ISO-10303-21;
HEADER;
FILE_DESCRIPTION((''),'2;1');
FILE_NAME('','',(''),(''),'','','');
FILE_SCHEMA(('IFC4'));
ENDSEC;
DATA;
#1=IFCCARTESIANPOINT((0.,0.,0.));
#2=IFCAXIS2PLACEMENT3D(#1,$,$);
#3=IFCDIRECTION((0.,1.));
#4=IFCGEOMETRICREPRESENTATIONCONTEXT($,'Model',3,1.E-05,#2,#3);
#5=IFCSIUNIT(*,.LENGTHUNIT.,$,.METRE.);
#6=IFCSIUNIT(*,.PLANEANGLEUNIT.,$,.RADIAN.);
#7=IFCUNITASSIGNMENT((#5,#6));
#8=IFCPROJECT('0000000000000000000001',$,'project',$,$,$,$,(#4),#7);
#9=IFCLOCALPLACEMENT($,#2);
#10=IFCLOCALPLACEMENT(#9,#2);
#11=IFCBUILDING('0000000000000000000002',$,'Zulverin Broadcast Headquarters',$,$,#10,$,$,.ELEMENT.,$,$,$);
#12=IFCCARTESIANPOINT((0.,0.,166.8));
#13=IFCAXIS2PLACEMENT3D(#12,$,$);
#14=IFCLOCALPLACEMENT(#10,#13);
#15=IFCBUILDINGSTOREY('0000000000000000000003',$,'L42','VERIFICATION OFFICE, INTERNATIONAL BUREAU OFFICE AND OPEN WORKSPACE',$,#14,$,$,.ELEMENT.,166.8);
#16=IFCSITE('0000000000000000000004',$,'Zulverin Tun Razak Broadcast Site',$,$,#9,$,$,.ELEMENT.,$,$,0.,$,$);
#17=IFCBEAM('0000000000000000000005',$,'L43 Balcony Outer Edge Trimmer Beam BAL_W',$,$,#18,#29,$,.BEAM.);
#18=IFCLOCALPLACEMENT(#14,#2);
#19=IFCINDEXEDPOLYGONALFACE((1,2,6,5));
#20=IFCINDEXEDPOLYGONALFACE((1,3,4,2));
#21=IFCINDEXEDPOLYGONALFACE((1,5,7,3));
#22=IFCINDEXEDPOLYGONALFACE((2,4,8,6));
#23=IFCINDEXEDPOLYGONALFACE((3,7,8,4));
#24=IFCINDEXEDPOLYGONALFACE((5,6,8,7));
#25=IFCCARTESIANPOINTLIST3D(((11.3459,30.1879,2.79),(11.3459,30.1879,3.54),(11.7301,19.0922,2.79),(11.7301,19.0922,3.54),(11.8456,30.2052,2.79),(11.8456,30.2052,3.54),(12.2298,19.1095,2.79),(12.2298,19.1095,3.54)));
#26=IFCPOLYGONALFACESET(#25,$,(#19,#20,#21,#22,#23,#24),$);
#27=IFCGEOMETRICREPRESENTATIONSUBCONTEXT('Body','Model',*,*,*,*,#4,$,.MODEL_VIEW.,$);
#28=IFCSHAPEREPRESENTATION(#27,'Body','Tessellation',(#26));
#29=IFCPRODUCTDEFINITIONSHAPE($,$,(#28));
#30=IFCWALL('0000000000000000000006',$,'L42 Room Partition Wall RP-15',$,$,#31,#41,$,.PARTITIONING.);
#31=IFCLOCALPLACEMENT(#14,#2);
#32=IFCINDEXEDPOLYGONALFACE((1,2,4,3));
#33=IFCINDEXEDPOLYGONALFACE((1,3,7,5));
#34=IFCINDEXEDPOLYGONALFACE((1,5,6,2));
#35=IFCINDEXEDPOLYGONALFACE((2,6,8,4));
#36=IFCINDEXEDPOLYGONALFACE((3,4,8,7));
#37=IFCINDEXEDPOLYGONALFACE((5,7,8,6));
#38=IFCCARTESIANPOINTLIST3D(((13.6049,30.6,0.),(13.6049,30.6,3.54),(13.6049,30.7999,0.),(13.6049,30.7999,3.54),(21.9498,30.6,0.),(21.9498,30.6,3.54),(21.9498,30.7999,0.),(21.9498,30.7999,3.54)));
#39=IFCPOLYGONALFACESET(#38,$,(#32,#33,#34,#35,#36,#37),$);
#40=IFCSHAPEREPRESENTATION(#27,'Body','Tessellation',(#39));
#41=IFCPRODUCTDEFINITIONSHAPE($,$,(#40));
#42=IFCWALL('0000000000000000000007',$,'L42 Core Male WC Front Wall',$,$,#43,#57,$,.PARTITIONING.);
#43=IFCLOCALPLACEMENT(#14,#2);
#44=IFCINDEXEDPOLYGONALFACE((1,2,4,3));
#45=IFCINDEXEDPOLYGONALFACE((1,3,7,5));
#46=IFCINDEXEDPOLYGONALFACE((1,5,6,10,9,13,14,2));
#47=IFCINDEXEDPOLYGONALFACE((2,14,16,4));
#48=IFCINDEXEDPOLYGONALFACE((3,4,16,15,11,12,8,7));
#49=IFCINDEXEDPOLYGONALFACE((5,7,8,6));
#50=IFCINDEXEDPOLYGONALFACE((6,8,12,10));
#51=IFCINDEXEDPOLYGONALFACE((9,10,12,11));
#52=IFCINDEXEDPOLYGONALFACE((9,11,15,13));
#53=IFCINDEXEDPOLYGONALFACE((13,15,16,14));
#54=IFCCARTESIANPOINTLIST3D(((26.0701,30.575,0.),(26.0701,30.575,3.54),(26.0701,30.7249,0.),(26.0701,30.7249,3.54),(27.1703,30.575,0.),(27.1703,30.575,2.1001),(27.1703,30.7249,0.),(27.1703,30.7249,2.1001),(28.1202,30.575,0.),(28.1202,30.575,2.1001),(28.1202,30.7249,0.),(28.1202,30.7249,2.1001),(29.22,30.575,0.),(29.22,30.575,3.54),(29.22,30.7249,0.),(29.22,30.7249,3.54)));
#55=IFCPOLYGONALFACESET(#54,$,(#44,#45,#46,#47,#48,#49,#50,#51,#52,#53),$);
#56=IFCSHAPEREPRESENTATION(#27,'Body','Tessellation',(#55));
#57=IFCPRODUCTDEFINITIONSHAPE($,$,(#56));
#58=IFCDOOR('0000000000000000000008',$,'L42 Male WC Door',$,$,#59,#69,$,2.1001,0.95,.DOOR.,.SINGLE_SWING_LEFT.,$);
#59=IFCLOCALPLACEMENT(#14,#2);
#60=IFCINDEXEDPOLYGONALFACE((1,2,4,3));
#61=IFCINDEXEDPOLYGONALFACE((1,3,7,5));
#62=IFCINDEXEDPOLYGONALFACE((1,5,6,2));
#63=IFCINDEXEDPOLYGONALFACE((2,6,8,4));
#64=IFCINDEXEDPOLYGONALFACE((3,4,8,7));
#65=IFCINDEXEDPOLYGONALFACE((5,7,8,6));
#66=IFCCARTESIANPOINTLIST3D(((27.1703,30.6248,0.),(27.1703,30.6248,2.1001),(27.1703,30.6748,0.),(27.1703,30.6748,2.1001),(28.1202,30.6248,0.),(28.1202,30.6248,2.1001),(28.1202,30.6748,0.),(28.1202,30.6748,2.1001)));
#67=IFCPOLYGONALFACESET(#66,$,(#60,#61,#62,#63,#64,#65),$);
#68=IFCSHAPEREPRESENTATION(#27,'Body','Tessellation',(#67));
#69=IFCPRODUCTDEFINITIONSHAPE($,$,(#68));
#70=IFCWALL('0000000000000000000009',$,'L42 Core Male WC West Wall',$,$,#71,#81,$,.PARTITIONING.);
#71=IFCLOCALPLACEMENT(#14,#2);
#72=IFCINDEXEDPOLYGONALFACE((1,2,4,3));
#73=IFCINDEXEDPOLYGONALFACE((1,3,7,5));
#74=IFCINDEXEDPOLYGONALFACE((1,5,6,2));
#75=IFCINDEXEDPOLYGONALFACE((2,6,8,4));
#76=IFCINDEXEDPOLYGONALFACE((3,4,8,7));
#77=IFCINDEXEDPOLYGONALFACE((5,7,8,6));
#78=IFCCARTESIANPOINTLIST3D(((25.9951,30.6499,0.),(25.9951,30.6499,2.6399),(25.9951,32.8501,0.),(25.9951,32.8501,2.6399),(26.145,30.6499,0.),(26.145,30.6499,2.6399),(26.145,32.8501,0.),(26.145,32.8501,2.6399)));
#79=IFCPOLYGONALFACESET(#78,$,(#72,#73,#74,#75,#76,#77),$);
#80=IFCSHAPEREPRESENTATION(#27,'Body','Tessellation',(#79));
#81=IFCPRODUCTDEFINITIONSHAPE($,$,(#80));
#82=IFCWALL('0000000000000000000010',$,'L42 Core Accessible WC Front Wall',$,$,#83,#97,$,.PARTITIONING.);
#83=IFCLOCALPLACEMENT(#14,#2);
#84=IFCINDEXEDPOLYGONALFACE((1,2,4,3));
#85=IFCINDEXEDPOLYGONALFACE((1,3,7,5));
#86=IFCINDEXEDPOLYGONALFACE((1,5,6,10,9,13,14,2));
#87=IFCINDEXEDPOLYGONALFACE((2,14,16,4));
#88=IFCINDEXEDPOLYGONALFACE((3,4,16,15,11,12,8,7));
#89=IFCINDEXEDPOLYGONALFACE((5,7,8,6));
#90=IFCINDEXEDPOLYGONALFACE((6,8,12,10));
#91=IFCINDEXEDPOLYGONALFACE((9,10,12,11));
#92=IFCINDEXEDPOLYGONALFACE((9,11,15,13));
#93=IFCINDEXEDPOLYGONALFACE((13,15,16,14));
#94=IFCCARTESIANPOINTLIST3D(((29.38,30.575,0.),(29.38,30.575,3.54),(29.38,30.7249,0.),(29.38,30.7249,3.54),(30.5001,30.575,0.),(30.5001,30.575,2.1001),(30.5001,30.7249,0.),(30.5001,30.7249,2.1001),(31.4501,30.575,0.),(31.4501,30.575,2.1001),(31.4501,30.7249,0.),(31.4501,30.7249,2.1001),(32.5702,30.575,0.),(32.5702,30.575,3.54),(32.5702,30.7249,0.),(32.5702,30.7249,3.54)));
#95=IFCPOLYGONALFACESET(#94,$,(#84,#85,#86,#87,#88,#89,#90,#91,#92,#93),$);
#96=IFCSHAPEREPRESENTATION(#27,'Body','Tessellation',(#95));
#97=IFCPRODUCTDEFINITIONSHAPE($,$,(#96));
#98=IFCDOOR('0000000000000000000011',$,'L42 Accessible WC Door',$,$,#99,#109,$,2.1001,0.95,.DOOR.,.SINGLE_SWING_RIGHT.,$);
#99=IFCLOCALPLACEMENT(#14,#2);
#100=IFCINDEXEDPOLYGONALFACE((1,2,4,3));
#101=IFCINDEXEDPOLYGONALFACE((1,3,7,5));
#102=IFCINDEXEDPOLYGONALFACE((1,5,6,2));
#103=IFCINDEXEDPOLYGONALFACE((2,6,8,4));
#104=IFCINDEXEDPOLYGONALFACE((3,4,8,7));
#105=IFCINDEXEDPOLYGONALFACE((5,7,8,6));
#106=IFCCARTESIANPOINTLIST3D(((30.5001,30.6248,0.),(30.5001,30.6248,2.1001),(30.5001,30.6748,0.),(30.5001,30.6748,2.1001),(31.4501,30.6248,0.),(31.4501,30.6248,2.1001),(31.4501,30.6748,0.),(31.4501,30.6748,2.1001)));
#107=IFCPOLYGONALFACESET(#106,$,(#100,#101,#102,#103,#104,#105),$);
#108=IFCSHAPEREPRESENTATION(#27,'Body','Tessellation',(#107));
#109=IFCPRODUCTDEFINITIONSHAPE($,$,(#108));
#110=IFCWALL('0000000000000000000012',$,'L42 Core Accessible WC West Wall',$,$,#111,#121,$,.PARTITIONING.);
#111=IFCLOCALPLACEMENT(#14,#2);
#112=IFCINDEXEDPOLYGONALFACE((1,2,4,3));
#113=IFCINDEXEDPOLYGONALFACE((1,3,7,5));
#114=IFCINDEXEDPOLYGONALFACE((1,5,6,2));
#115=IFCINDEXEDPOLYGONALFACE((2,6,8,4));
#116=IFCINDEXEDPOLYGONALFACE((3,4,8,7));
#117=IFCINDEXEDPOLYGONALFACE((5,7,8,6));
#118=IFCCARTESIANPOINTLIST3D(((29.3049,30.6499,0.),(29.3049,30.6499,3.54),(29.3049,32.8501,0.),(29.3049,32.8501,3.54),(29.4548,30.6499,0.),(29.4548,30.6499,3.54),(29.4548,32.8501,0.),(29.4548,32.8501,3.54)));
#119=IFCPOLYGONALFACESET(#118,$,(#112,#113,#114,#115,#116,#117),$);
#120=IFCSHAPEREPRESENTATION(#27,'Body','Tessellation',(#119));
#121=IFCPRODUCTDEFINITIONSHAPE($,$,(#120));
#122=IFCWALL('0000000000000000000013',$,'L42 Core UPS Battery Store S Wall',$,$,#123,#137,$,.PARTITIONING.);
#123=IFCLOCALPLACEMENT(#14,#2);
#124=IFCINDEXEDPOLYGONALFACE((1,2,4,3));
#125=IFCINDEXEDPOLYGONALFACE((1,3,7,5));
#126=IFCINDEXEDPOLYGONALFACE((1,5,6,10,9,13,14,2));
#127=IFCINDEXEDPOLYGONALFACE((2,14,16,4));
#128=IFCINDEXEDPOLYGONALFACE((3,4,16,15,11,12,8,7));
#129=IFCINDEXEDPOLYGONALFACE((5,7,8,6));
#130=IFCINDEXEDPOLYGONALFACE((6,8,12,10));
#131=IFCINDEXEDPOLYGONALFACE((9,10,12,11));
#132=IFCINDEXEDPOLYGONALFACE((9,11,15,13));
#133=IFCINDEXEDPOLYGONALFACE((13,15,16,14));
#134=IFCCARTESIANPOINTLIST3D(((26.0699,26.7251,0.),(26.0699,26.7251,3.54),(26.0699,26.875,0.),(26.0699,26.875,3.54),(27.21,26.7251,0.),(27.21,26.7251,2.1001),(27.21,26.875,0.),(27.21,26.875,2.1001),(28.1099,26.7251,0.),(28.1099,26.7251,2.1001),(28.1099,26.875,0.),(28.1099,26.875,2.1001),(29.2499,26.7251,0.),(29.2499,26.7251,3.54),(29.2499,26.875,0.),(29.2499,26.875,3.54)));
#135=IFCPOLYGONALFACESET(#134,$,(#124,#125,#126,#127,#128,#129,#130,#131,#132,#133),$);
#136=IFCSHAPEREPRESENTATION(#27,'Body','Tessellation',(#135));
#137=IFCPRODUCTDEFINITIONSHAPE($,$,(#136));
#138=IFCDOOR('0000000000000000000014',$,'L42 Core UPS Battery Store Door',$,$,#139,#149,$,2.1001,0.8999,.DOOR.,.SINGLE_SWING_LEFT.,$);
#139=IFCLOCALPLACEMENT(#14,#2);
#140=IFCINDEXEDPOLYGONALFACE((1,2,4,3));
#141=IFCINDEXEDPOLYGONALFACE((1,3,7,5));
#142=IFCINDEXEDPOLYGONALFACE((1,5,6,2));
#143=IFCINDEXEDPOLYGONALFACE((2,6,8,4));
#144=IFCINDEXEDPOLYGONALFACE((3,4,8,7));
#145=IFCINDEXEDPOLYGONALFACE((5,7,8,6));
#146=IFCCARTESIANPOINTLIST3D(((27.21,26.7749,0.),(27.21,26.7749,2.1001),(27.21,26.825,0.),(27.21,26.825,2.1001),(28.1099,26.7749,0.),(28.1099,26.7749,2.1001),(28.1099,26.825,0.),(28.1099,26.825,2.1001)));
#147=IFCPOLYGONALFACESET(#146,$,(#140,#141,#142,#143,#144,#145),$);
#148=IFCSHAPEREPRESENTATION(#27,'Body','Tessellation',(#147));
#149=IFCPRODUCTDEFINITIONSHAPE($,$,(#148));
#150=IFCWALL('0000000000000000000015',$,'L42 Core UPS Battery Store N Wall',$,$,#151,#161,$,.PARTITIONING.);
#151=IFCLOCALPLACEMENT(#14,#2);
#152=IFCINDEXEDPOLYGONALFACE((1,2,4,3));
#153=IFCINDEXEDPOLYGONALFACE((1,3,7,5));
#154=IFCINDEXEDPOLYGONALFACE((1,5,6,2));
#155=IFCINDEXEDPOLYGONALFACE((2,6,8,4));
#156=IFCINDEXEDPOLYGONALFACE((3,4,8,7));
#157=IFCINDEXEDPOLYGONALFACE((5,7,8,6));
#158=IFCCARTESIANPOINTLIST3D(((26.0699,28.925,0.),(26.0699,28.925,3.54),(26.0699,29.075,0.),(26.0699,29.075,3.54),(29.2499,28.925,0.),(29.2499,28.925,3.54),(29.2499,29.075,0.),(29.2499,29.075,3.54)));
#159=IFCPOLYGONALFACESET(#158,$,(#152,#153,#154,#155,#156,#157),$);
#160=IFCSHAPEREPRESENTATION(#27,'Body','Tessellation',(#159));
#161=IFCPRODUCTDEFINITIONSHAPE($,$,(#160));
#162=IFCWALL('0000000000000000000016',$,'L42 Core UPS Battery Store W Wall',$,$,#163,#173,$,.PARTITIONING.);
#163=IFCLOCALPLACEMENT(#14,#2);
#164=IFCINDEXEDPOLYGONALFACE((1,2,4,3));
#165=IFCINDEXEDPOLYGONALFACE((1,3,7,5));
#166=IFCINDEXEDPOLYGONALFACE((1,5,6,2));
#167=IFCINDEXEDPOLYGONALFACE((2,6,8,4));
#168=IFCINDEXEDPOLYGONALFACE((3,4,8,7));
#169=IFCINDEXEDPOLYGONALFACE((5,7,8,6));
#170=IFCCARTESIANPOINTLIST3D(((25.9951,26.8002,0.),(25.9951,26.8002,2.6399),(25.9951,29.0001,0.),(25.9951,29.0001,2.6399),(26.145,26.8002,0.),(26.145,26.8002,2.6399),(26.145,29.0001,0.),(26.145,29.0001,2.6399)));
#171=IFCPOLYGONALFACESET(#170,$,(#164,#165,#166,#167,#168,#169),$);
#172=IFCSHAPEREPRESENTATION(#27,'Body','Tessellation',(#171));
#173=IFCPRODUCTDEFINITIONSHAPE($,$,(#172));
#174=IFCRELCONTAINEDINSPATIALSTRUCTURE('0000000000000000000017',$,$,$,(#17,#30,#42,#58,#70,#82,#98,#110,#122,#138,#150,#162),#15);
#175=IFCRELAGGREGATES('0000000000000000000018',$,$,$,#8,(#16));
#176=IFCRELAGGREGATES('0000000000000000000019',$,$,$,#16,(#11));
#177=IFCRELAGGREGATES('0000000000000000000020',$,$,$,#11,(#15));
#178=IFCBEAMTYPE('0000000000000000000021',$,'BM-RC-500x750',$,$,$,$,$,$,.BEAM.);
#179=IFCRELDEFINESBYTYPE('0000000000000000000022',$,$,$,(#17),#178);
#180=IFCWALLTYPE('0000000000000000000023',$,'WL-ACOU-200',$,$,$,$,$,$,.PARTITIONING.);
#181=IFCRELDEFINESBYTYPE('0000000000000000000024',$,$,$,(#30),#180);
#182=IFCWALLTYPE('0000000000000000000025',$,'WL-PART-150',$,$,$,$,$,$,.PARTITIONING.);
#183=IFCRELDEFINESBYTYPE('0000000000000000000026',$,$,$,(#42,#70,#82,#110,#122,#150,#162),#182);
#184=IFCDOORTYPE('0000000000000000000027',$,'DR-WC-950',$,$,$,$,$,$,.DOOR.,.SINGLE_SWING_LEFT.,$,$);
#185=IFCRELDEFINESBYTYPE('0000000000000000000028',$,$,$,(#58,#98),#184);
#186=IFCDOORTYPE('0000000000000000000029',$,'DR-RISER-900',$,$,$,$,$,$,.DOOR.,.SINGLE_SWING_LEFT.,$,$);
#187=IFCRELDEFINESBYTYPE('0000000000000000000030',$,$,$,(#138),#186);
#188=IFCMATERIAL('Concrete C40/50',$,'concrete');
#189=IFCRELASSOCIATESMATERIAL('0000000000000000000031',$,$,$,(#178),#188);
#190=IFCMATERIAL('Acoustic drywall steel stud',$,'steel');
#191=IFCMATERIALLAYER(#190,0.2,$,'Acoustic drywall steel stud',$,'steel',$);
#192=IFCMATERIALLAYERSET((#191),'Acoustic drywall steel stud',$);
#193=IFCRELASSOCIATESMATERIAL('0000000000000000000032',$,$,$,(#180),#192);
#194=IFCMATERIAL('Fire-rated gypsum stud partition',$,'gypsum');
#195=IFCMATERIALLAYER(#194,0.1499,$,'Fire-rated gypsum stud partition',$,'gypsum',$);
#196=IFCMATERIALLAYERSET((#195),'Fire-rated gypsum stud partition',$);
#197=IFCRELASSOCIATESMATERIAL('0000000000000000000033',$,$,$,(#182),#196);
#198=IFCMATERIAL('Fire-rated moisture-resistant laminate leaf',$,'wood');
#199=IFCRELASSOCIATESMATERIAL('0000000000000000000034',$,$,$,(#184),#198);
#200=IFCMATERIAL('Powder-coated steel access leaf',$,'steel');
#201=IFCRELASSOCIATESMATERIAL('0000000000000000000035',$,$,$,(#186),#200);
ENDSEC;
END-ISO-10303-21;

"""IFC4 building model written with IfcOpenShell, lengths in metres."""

from ifc_helpers import new_model, si_unit, direction, frame, frame_2d, origin, origin_2d, place, context, subcontext, project, spatial, rectangle, extrude, material, layer, layer_set, material_profile, profile_set, type_object, element, fill, save


model = new_model("IFC4")

# Units and contexts
model_context = context("Model", 3, precision=1e-05, world=origin(), true_north=direction((0.0, 1.0)))
body_context = subcontext(model_context, "Body", "Model", "MODEL_VIEW")
ifc_project = project(units=[si_unit("LENGTHUNIT", "METRE"), si_unit("PLANEANGLEUNIT", "RADIAN")], contexts=[model_context])

# Site, building, storey
site_placement = place(None, origin())
site = spatial("IfcSite", under=ifc_project, at=site_placement, Name="Zulverin Tun Razak Broadcast Site", CompositionType="ELEMENT", RefElevation=0.0)
building_placement = place(site_placement, origin())
building = spatial("IfcBuilding", under=site, at=building_placement, Name="Zulverin Broadcast Headquarters", CompositionType="ELEMENT")
storey_placement = place(building_placement, frame((0.0, 0.0, 166.8)))
storey = spatial("IfcBuildingStorey", under=building, at=storey_placement, Name="L42", Description="VERIFICATION OFFICE, INTERNATIONAL BUREAU OFFICE AND OPEN WORKSPACE", CompositionType="ELEMENT", Elevation=166.8)

# Beam
ifc_material_1 = material(Name="Concrete C40/50", Category="concrete")
ifc_material_profile = material_profile(ifc_material_1, rectangle(XDim=0.5, YDim=0.75, at=origin_2d()), Name="Concrete C40/50", Category="concrete")
ifc_profile_set = profile_set([ifc_material_profile], Name="Concrete C40/50")
beam_type = type_object("IfcBeamType", Name="BM-RC-500x750", PredefinedType="BEAM", material=ifc_profile_set)
beam_placement = place(storey_placement, frame((11.5957, 30.1965, 3.165), z_axis=(0.034612, -0.999401, 0.0), x_axis=(0.999401, 0.034612, 0.0)))
element("IfcBeam", 1, at=beam_placement, inside=storey, type_object=beam_type, Name="L43 Balcony Outer Edge Trimmer Beam BAL_W", PredefinedType="BEAM", context=body_context, shape_type="SweptSolid", body=[
    extrude(rectangle(XDim=0.5, YDim=0.75, at=origin_2d()), origin(), (0.0, 0.0, 1.0), 11.1023),
])

# Wall
ifc_material_2 = material(Name="Acoustic drywall steel stud", Category="steel")
ifc_layer_1 = layer(ifc_material_2, 0.2, Name="Acoustic drywall steel stud", Category="steel")
ifc_layer_set_1 = layer_set([ifc_layer_1], Name="Acoustic drywall steel stud")
wall_type_1 = type_object("IfcWallType", Name="WL-ACOU-200", PredefinedType="PARTITIONING", material=ifc_layer_set_1)
wall_1_placement = place(storey_placement, frame((13.605, 30.7, 0.0), z_axis=(0.0, 0.0, 1.0), x_axis=(1.0, 0.0, 0.0)))
element("IfcWall", 2, at=wall_1_placement, inside=storey, type_object=wall_type_1, Name="L42 Room Partition Wall RP-15", PredefinedType="PARTITIONING", context=body_context, shape_type="SweptSolid", body=[
    extrude(rectangle(XDim=8.345, YDim=0.2, at=frame_2d((4.1724, 0.0))), origin(), (0.0, 0.0, 1.0), 3.54),
])

# Wall, opening, door
ifc_material_3 = material(Name="Fire-rated gypsum stud partition", Category="gypsum")
ifc_layer_2 = layer(ifc_material_3, 0.1499, Name="Fire-rated gypsum stud partition", Category="gypsum")
ifc_layer_set_2 = layer_set([ifc_layer_2], Name="Fire-rated gypsum stud partition")
wall_type_2 = type_object("IfcWallType", Name="WL-PART-150", PredefinedType="PARTITIONING", material=ifc_layer_set_2)
wall_2_placement = place(storey_placement, frame((26.0701, 30.6499, 0.0), z_axis=(0.0, 0.0, 1.0), x_axis=(1.0, 0.0, 0.0)))
wall_2 = element("IfcWall", 3, at=wall_2_placement, inside=storey, type_object=wall_type_2, Name="L42 Core Male WC Front Wall", PredefinedType="PARTITIONING", context=body_context, shape_type="SweptSolid", body=[
    extrude(rectangle(XDim=3.1499, YDim=0.1499, at=frame_2d((1.575, 0.0))), origin(), (0.0, 0.0, 1.0), 3.54),
])
opening_1_placement = place(wall_2_placement, frame((1.1001, 0.0, 0.0)))
opening_1 = element("IfcOpeningElement", 4, at=opening_1_placement, cuts=wall_2, PredefinedType="OPENING", context=body_context, shape_type="SweptSolid", body=[
    extrude(rectangle(XDim=0.95, YDim=2.1001, at=frame_2d((0.4751, 1.05))), frame((0.0, 0.085, 0.0), z_axis=(0.0, -1.0, 0.0), x_axis=(1.0, 0.0, 0.0)), (0.0, 0.0, 1.0), 0.1699),
])
ifc_material_4 = material(Name="Fire-rated moisture-resistant laminate leaf", Category="wood")
door_type_1 = type_object("IfcDoorType", Name="DR-WC-950", OperationType="SINGLE_SWING_LEFT", PredefinedType="DOOR", material=ifc_material_4)
door_1_placement = place(opening_1_placement, origin())
door_1 = element("IfcDoor", 5, at=door_1_placement, inside=storey, type_object=door_type_1, Name="L42 Male WC Door", OperationType="SINGLE_SWING_LEFT", OverallHeight=2.1001, OverallWidth=0.95, PredefinedType="DOOR", context=body_context, shape_type="SweptSolid", body=[
    extrude(rectangle(XDim=0.95, YDim=2.1001, at=frame_2d((0.4751, 1.05))), frame((0.0, 0.0249, 0.0), z_axis=(0.0, -1.0, 0.0), x_axis=(1.0, 0.0, 0.0)), (0.0, 0.0, 1.0), 0.05),
])
fill(opening_1, door_1)

# Wall
wall_3_placement = place(storey_placement, frame((26.0701, 30.6499, 0.0), z_axis=(0.0, 0.0, 1.0), x_axis=(0.0, 1.0, 0.0)))
element("IfcWall", 6, at=wall_3_placement, inside=storey, type_object=wall_type_2, Name="L42 Core Male WC West Wall", PredefinedType="PARTITIONING", context=body_context, shape_type="SweptSolid", body=[
    extrude(rectangle(XDim=2.2002, YDim=0.1499, at=frame_2d((1.1001, 0.0))), origin(), (0.0, 0.0, 1.0), 2.6399),
])

# Wall, opening, door
wall_4_placement = place(storey_placement, frame((29.3799, 30.6499, 0.0), z_axis=(0.0, 0.0, 1.0), x_axis=(1.0, 0.0, 0.0)))
wall_4 = element("IfcWall", 7, at=wall_4_placement, inside=storey, type_object=wall_type_2, Name="L42 Core Accessible WC Front Wall", PredefinedType="PARTITIONING", context=body_context, shape_type="SweptSolid", body=[
    extrude(rectangle(XDim=3.1902, YDim=0.1499, at=frame_2d((1.5952, 0.0))), origin(), (0.0, 0.0, 1.0), 3.54),
])
opening_2_placement = place(wall_4_placement, frame((1.1201, 0.0, 0.0)))
opening_2 = element("IfcOpeningElement", 8, at=opening_2_placement, cuts=wall_4, PredefinedType="OPENING", context=body_context, shape_type="SweptSolid", body=[
    extrude(rectangle(XDim=0.95, YDim=2.1001, at=frame_2d((0.4751, 1.05))), frame((0.0, 0.085, 0.0), z_axis=(0.0, -1.0, 0.0), x_axis=(1.0, 0.0, 0.0)), (0.0, 0.0, 1.0), 0.1699),
])
door_2_placement = place(opening_2_placement, origin())
door_2 = element("IfcDoor", 9, at=door_2_placement, inside=storey, type_object=door_type_1, Name="L42 Accessible WC Door", OperationType="SINGLE_SWING_RIGHT", OverallHeight=2.1001, OverallWidth=0.95, PredefinedType="DOOR", context=body_context, shape_type="SweptSolid", body=[
    extrude(rectangle(XDim=0.95, YDim=2.1001, at=frame_2d((0.4751, 1.05))), frame((0.0, 0.0249, 0.0), z_axis=(0.0, -1.0, 0.0), x_axis=(1.0, 0.0, 0.0)), (0.0, 0.0, 1.0), 0.05),
])
fill(opening_2, door_2)

# Wall
wall_5_placement = place(storey_placement, frame((29.3799, 30.6499, 0.0), z_axis=(0.0, 0.0, 1.0), x_axis=(0.0, 1.0, 0.0)))
element("IfcWall", 10, at=wall_5_placement, inside=storey, type_object=wall_type_2, Name="L42 Core Accessible WC West Wall", PredefinedType="PARTITIONING", context=body_context, shape_type="SweptSolid", body=[
    extrude(rectangle(XDim=2.2002, YDim=0.1499, at=frame_2d((1.1001, 0.0))), origin(), (0.0, 0.0, 1.0), 3.54),
])

# Wall, opening, door
wall_6_placement = place(storey_placement, frame((26.0701, 26.8, 0.0), z_axis=(0.0, 0.0, 1.0), x_axis=(1.0, 0.0, 0.0)))
wall_6 = element("IfcWall", 11, at=wall_6_placement, inside=storey, type_object=wall_type_2, Name="L42 Core UPS Battery Store S Wall", PredefinedType="PARTITIONING", context=body_context, shape_type="SweptSolid", body=[
    extrude(rectangle(XDim=3.1799, YDim=0.1499, at=frame_2d((1.5898, 0.0))), origin(), (0.0, 0.0, 1.0), 3.54),
])
opening_3_placement = place(wall_6_placement, frame((1.1399, 0.0, 0.0)))
opening_3 = element("IfcOpeningElement", 12, at=opening_3_placement, cuts=wall_6, PredefinedType="OPENING", context=body_context, shape_type="SweptSolid", body=[
    extrude(rectangle(XDim=0.8999, YDim=2.1001, at=frame_2d((0.45, 1.05))), frame((0.0, 0.085, 0.0), z_axis=(0.0, -1.0, 0.0), x_axis=(1.0, 0.0, 0.0)), (0.0, 0.0, 1.0), 0.1699),
])
ifc_material_5 = material(Name="Powder-coated steel access leaf", Category="steel")
door_type_2 = type_object("IfcDoorType", Name="DR-RISER-900", OperationType="SINGLE_SWING_LEFT", PredefinedType="DOOR", material=ifc_material_5)
door_3_placement = place(opening_3_placement, origin())
door_3 = element("IfcDoor", 13, at=door_3_placement, inside=storey, type_object=door_type_2, Name="L42 Core UPS Battery Store Door", OperationType="SINGLE_SWING_LEFT", OverallHeight=2.1001, OverallWidth=0.8999, PredefinedType="DOOR", context=body_context, shape_type="SweptSolid", body=[
    extrude(rectangle(XDim=0.8999, YDim=2.1001, at=frame_2d((0.45, 1.05))), frame((0.0, 0.0249, 0.0), z_axis=(0.0, -1.0, 0.0), x_axis=(1.0, 0.0, 0.0)), (0.0, 0.0, 1.0), 0.05),
])
fill(opening_3, door_3)

# Walls
wall_7_placement = place(storey_placement, frame((26.0701, 29.0, 0.0), z_axis=(0.0, 0.0, 1.0), x_axis=(1.0, 0.0, 0.0)))
element("IfcWall", 14, at=wall_7_placement, inside=storey, type_object=wall_type_2, Name="L42 Core UPS Battery Store N Wall", PredefinedType="PARTITIONING", context=body_context, shape_type="SweptSolid", body=[
    extrude(rectangle(XDim=3.1799, YDim=0.1499, at=frame_2d((1.5898, 0.0))), origin(), (0.0, 0.0, 1.0), 3.54),
])
wall_8_placement = place(storey_placement, frame((26.0701, 26.8, 0.0), z_axis=(0.0, 0.0, 1.0), x_axis=(0.0, 1.0, 0.0)))
element("IfcWall", 15, at=wall_8_placement, inside=storey, type_object=wall_type_2, Name="L42 Core UPS Battery Store W Wall", PredefinedType="PARTITIONING", context=body_context, shape_type="SweptSolid", body=[
    extrude(rectangle(XDim=2.2, YDim=0.1499, at=frame_2d((1.1001, 0.0))), origin(), (0.0, 0.0, 1.0), 2.6399),
])

save(model, "model.ifc")
